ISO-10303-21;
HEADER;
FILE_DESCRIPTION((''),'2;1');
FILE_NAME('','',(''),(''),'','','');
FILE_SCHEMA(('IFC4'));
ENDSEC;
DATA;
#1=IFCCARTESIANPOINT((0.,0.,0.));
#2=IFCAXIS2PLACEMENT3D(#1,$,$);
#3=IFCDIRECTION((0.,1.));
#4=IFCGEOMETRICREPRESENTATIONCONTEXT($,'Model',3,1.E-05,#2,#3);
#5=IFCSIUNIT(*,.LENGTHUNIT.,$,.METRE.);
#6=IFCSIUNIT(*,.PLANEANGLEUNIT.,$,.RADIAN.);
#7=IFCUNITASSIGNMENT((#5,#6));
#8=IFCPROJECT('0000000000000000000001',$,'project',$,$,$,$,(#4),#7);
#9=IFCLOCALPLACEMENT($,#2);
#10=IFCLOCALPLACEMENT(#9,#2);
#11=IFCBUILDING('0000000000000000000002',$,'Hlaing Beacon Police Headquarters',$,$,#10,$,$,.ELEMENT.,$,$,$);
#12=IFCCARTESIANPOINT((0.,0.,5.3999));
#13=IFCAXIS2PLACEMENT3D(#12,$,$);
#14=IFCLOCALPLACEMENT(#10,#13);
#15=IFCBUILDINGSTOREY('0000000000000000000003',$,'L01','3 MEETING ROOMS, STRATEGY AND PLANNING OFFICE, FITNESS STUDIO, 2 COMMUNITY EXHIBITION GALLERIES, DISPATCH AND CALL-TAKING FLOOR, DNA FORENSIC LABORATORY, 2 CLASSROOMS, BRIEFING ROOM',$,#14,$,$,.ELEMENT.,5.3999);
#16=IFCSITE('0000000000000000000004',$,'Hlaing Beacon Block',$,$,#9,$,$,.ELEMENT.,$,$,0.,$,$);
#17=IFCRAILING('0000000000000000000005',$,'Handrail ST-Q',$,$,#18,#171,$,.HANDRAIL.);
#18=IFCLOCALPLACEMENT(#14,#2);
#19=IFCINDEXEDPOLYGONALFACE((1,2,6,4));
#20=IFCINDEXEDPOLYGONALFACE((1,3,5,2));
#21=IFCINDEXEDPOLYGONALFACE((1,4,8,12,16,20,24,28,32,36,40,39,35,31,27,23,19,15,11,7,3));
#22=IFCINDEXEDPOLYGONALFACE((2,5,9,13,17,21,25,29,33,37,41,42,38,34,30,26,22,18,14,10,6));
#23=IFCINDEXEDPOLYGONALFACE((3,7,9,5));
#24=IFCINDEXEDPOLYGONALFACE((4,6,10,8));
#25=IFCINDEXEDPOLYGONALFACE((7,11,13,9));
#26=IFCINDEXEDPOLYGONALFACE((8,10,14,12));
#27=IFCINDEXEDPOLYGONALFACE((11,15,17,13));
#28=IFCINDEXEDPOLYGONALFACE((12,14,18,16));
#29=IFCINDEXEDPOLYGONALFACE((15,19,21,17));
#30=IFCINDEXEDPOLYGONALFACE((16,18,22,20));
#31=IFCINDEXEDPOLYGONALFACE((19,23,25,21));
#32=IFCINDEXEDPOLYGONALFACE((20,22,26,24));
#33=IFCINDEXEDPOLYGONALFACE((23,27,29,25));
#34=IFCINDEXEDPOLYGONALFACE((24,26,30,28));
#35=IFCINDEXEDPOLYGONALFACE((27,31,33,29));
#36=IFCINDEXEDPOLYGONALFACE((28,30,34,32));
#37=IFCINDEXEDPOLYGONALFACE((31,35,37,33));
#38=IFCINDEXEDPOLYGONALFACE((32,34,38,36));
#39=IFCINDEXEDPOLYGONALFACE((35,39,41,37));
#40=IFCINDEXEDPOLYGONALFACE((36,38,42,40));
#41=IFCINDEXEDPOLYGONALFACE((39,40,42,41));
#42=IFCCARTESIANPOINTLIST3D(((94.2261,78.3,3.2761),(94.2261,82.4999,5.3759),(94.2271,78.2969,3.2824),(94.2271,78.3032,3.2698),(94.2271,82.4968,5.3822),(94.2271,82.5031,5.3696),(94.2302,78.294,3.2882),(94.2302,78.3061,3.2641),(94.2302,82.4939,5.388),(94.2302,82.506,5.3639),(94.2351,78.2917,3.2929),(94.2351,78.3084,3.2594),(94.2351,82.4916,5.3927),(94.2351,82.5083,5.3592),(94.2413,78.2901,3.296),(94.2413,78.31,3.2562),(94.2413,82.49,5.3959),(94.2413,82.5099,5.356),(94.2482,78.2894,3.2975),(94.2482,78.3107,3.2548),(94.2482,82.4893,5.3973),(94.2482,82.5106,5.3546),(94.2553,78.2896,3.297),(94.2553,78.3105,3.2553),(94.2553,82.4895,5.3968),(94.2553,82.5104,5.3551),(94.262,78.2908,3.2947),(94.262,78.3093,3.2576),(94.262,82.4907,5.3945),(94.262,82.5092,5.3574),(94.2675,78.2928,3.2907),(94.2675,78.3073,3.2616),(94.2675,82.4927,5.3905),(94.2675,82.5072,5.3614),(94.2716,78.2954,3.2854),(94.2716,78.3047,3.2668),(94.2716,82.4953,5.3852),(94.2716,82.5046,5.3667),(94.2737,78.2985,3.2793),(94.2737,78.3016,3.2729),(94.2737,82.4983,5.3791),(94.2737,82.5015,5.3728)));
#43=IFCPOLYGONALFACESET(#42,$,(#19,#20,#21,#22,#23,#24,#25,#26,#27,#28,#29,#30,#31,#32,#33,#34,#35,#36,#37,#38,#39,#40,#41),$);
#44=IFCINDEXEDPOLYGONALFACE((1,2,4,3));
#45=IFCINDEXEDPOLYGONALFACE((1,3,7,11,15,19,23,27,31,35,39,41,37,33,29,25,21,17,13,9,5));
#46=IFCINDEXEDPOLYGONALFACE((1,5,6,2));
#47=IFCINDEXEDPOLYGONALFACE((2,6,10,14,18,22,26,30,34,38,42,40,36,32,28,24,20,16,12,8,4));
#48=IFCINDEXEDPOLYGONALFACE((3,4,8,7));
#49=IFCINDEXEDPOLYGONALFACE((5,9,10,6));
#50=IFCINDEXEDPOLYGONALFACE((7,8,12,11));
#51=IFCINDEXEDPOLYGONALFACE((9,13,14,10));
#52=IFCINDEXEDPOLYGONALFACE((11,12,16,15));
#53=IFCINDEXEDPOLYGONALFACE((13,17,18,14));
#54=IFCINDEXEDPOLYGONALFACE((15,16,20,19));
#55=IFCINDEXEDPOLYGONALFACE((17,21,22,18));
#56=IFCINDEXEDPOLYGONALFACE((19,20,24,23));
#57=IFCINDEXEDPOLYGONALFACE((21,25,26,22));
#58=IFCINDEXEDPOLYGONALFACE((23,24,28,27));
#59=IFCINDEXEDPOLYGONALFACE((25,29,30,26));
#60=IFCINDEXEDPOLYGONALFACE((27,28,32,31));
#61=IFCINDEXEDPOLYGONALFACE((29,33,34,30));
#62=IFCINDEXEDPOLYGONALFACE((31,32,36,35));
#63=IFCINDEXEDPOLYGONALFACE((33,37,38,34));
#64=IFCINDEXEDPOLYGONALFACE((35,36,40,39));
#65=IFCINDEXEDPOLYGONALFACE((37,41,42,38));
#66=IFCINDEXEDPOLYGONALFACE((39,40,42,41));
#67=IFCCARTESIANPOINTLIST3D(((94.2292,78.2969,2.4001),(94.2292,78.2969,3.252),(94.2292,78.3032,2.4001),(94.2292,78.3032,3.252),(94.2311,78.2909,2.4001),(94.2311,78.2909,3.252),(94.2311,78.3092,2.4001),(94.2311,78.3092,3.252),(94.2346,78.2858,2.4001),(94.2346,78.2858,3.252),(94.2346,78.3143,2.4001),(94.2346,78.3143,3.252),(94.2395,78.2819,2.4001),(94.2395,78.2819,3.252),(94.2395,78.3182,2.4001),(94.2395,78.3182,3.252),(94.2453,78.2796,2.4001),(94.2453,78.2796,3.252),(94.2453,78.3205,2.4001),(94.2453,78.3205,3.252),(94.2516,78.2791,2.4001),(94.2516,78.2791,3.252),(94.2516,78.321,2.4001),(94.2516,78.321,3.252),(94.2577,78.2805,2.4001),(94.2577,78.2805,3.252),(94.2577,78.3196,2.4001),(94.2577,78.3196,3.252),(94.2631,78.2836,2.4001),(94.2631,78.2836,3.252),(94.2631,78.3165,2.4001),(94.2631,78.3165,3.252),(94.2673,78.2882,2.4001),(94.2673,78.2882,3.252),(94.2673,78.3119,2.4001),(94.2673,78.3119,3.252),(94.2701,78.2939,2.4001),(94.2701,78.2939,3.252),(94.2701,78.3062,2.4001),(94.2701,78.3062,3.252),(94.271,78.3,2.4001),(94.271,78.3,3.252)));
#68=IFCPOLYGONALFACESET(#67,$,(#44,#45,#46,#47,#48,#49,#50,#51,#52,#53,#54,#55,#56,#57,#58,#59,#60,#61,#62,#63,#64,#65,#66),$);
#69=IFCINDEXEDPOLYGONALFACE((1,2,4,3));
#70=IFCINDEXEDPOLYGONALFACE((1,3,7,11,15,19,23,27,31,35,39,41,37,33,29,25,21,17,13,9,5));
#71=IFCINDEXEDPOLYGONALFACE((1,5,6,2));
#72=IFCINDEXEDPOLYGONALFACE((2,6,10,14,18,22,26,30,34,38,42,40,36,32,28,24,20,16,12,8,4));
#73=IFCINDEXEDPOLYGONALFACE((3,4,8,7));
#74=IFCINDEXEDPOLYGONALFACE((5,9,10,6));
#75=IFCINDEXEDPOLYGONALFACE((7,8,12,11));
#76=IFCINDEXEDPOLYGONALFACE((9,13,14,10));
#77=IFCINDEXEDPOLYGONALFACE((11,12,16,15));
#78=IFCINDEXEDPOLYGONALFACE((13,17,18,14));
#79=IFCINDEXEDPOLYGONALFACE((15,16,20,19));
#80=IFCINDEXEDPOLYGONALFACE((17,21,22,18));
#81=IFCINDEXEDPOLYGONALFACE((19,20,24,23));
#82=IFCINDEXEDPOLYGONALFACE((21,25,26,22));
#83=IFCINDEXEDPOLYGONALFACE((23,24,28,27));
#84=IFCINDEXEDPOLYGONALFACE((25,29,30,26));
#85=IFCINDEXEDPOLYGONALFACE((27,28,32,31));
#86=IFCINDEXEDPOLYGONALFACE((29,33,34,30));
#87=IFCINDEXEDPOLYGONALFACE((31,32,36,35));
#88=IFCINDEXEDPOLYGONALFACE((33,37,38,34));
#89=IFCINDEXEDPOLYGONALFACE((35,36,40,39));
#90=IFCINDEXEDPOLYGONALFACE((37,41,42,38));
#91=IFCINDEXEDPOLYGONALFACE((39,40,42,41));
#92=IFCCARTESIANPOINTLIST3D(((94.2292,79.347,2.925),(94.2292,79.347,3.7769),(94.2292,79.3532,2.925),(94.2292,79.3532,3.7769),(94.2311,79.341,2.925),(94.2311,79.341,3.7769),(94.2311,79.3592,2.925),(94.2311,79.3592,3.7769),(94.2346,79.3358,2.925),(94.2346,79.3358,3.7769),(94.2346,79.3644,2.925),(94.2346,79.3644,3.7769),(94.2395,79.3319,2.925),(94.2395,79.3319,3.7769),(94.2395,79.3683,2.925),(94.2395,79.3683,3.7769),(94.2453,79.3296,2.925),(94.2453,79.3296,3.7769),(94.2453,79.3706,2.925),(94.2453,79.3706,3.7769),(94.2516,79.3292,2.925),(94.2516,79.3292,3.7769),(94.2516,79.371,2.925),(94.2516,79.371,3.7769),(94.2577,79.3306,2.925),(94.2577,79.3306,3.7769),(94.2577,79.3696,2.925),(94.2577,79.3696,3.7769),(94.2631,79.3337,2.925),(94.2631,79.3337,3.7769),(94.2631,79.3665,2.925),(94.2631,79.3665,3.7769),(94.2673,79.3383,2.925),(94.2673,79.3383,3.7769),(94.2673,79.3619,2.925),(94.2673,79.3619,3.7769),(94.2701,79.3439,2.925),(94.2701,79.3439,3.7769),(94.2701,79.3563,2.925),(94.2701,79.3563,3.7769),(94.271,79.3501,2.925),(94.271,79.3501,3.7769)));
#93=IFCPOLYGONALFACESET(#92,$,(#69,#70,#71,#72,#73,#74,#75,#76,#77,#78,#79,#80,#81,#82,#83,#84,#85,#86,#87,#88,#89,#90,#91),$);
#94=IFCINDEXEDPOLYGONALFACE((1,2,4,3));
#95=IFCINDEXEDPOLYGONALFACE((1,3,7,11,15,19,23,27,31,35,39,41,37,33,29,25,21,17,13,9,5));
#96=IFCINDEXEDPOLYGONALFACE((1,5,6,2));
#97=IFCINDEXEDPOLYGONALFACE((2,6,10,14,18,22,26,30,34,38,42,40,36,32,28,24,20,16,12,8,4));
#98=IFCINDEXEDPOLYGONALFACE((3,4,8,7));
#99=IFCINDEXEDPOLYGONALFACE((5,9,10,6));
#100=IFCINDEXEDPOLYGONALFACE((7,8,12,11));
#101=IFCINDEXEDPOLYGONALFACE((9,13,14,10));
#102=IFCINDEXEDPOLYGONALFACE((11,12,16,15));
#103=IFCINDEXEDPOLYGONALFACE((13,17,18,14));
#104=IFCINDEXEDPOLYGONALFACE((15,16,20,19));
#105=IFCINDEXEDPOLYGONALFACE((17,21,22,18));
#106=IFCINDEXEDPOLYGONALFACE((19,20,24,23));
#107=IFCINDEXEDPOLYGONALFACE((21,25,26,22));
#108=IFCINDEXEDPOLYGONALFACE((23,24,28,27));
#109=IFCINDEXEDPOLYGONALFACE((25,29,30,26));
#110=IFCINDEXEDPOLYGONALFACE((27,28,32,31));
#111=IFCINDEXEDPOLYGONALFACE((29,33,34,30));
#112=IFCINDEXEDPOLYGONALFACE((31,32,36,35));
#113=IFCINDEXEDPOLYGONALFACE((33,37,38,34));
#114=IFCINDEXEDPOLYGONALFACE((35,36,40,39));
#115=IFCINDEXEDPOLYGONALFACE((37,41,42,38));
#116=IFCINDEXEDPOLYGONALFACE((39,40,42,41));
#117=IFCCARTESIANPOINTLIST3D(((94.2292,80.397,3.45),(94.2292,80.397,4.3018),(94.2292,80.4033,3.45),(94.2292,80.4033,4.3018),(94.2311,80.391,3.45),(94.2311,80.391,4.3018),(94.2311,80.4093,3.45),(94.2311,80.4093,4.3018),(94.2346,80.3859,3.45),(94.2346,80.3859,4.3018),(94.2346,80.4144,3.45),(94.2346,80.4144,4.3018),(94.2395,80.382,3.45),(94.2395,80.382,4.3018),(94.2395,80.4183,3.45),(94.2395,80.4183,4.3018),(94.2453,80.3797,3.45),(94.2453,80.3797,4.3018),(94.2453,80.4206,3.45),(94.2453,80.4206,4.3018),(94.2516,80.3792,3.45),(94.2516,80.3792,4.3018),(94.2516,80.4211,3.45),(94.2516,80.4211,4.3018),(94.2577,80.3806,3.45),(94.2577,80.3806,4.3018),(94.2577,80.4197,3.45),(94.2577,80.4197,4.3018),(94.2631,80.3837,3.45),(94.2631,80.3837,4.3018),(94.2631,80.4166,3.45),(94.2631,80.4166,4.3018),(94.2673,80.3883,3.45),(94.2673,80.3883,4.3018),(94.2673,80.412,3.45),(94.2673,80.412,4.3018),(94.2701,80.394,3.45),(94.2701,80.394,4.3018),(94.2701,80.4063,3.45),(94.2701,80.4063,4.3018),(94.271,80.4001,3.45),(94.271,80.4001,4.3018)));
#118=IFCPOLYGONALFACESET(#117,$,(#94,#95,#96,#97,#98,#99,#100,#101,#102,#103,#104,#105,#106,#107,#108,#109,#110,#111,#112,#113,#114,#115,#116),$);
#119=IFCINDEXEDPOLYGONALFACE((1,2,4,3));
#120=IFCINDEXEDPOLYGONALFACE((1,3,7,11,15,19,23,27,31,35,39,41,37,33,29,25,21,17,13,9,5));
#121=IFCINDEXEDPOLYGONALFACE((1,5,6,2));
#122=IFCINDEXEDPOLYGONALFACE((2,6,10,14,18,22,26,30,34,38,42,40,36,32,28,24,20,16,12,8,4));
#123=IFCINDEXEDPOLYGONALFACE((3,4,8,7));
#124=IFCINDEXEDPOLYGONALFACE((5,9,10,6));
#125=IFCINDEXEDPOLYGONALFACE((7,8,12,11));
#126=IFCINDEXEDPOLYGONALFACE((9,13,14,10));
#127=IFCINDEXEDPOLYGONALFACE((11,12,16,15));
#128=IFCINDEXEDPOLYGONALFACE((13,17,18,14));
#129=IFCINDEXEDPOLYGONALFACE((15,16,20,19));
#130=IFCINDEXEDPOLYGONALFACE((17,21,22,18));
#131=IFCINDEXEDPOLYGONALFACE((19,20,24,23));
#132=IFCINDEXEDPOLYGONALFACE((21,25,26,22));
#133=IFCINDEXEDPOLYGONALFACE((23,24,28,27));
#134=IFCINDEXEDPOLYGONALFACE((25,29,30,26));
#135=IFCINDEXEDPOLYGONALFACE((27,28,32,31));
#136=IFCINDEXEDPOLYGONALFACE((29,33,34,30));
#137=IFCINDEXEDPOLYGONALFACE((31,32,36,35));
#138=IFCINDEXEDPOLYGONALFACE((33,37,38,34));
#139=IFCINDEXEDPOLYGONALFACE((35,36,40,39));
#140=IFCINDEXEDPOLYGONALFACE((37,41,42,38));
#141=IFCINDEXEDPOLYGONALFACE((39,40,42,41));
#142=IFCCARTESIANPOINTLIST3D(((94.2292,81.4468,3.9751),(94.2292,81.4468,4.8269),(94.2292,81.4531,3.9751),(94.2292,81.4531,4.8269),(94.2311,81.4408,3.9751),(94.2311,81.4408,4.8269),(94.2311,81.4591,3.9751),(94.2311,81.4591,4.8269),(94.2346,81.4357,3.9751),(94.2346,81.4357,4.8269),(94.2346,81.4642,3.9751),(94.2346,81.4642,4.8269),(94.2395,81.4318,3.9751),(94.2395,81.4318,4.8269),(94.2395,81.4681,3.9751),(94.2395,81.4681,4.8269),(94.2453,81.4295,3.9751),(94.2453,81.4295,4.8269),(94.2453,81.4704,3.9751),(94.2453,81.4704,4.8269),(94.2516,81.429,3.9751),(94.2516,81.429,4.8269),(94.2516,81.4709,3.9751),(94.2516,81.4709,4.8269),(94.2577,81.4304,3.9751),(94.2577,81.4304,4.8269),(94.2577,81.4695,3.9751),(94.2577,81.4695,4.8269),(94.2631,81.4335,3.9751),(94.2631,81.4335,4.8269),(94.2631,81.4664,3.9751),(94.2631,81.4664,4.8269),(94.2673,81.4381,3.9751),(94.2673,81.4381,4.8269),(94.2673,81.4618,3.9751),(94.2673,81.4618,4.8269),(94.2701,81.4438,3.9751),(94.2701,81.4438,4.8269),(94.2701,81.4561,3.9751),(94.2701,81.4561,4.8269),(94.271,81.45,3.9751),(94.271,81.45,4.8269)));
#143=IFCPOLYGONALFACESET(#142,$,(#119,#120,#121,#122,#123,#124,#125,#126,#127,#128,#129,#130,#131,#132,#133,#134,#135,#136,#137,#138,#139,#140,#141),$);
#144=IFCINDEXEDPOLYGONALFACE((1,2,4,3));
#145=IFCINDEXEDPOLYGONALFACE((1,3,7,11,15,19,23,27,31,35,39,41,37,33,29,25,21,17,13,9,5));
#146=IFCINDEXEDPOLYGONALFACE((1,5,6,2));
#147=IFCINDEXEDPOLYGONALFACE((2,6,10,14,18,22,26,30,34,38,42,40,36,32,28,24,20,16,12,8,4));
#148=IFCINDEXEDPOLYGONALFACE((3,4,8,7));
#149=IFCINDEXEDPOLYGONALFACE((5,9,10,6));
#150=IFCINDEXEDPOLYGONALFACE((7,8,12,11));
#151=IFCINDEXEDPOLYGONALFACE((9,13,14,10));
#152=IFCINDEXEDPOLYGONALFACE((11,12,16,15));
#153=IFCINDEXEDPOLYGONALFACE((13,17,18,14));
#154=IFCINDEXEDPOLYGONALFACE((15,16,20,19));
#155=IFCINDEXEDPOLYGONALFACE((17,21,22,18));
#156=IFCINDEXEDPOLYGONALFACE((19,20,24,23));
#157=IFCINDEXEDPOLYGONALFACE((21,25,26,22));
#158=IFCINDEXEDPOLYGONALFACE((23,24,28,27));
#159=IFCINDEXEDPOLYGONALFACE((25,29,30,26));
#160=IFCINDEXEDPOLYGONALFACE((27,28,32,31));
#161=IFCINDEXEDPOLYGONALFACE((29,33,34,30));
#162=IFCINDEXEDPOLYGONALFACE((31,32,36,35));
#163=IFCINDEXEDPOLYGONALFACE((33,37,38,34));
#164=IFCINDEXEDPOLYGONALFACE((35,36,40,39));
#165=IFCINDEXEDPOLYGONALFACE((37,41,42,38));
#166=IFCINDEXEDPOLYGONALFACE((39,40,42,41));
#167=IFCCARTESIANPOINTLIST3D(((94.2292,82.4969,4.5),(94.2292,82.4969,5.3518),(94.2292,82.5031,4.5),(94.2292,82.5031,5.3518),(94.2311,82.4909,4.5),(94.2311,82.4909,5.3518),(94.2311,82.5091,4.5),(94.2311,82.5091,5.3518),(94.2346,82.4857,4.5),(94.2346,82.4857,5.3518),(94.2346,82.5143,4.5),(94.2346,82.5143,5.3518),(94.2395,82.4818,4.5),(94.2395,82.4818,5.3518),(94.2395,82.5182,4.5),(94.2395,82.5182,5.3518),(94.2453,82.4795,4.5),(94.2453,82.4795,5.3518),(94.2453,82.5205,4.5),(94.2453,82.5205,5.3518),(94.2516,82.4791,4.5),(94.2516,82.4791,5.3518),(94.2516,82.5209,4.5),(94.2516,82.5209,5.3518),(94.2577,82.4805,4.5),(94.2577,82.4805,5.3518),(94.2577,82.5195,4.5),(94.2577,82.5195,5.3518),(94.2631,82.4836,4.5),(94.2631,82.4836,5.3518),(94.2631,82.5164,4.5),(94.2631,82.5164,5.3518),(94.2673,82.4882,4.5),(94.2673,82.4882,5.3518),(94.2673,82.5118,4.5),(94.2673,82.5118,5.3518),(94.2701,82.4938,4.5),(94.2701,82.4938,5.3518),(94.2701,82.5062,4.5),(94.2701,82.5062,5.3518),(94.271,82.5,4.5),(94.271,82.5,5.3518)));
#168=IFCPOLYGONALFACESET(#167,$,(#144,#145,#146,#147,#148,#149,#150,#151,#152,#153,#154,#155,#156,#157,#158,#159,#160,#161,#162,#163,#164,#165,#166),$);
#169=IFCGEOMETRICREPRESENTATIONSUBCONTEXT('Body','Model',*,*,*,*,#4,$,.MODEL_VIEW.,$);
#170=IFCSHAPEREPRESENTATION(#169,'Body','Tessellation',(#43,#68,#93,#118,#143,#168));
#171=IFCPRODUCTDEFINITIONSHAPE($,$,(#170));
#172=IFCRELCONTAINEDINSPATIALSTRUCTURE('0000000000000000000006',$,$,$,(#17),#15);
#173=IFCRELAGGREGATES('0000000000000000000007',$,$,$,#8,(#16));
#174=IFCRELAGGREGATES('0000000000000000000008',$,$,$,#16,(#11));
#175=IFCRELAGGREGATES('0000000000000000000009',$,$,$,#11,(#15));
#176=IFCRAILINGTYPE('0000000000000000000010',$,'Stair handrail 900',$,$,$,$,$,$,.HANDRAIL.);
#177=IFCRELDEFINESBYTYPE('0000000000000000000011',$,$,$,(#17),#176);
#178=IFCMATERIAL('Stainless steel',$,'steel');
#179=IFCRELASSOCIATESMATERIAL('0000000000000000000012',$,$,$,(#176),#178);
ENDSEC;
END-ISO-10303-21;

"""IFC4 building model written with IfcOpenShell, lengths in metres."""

from ifc_helpers import new_model, si_unit, direction, frame, origin, origin_2d, place, context, subcontext, project, spatial, circle, extrude, material, type_object, element, save


model = new_model("IFC4")

# Units and contexts
model_context = context("Model", 3, precision=1e-05, world=origin(), true_north=direction((0.0, 1.0)))
body_context = subcontext(model_context, "Body", "Model", "MODEL_VIEW")
ifc_project = project(units=[si_unit("LENGTHUNIT", "METRE"), si_unit("PLANEANGLEUNIT", "RADIAN")], contexts=[model_context])

# Site, building, storey
site_placement = place(None, origin())
site = spatial("IfcSite", under=ifc_project, at=site_placement, Name="Hlaing Beacon Block", CompositionType="ELEMENT", RefElevation=0.0)
building_placement = place(site_placement, origin())
building = spatial("IfcBuilding", under=site, at=building_placement, Name="Hlaing Beacon Police Headquarters", CompositionType="ELEMENT")
storey_placement = place(building_placement, frame((0.0, 0.0, 5.3999)))
storey = spatial("IfcBuildingStorey", under=building, at=storey_placement, Name="L01", Description="3 MEETING ROOMS, STRATEGY AND PLANNING OFFICE, FITNESS STUDIO, 2 COMMUNITY EXHIBITION GALLERIES, DISPATCH AND CALL-TAKING FLOOR, DNA FORENSIC LABORATORY, 2 CLASSROOMS, BRIEFING ROOM", CompositionType="ELEMENT", Elevation=5.3999)

# Railing
ifc_material_1 = material(Name="Stainless steel", Category="steel")
railing_type = type_object("IfcRailingType", Name="Stair handrail 900", PredefinedType="HANDRAIL", material=ifc_material_1)
for number, where, name in (
    (1, (94.25, 78.3, 2.4001), "Handrail ST-Q"),
):
    element("IfcRailing", number, at=place(storey_placement, frame(where)), inside=storey, type_object=railing_type, Name=name, PredefinedType="HANDRAIL", context=body_context, shape_type="SweptSolid", body=[
        extrude(circle(Radius=0.0239, at=origin_2d()), frame((0.0, 0.0, 0.876), z_axis=(0.0, 0.894438, 0.447193), x_axis=(-1.0, 0.0, 0.0)), (0.0, 0.0, 1.0), 4.6956),
        extrude(circle(Radius=0.021, at=origin_2d()), origin(), (0.0, 0.0, 1.0), 0.8518),
        extrude(circle(Radius=0.021, at=origin_2d()), frame((0.0, 1.05, 0.5249)), (0.0, 0.0, 1.0), 0.8518),
        extrude(circle(Radius=0.021, at=origin_2d()), frame((0.0, 2.1001, 1.0498)), (0.0, 0.0, 1.0), 0.8518),
        extrude(circle(Radius=0.021, at=origin_2d()), frame((0.0, 3.1499, 1.575)), (0.0, 0.0, 1.0), 0.8518),
        extrude(circle(Radius=0.021, at=origin_2d()), frame((0.0, 4.2, 2.0999)), (0.0, 0.0, 1.0), 0.8518),
    ])

save(model, "model.ifc")
